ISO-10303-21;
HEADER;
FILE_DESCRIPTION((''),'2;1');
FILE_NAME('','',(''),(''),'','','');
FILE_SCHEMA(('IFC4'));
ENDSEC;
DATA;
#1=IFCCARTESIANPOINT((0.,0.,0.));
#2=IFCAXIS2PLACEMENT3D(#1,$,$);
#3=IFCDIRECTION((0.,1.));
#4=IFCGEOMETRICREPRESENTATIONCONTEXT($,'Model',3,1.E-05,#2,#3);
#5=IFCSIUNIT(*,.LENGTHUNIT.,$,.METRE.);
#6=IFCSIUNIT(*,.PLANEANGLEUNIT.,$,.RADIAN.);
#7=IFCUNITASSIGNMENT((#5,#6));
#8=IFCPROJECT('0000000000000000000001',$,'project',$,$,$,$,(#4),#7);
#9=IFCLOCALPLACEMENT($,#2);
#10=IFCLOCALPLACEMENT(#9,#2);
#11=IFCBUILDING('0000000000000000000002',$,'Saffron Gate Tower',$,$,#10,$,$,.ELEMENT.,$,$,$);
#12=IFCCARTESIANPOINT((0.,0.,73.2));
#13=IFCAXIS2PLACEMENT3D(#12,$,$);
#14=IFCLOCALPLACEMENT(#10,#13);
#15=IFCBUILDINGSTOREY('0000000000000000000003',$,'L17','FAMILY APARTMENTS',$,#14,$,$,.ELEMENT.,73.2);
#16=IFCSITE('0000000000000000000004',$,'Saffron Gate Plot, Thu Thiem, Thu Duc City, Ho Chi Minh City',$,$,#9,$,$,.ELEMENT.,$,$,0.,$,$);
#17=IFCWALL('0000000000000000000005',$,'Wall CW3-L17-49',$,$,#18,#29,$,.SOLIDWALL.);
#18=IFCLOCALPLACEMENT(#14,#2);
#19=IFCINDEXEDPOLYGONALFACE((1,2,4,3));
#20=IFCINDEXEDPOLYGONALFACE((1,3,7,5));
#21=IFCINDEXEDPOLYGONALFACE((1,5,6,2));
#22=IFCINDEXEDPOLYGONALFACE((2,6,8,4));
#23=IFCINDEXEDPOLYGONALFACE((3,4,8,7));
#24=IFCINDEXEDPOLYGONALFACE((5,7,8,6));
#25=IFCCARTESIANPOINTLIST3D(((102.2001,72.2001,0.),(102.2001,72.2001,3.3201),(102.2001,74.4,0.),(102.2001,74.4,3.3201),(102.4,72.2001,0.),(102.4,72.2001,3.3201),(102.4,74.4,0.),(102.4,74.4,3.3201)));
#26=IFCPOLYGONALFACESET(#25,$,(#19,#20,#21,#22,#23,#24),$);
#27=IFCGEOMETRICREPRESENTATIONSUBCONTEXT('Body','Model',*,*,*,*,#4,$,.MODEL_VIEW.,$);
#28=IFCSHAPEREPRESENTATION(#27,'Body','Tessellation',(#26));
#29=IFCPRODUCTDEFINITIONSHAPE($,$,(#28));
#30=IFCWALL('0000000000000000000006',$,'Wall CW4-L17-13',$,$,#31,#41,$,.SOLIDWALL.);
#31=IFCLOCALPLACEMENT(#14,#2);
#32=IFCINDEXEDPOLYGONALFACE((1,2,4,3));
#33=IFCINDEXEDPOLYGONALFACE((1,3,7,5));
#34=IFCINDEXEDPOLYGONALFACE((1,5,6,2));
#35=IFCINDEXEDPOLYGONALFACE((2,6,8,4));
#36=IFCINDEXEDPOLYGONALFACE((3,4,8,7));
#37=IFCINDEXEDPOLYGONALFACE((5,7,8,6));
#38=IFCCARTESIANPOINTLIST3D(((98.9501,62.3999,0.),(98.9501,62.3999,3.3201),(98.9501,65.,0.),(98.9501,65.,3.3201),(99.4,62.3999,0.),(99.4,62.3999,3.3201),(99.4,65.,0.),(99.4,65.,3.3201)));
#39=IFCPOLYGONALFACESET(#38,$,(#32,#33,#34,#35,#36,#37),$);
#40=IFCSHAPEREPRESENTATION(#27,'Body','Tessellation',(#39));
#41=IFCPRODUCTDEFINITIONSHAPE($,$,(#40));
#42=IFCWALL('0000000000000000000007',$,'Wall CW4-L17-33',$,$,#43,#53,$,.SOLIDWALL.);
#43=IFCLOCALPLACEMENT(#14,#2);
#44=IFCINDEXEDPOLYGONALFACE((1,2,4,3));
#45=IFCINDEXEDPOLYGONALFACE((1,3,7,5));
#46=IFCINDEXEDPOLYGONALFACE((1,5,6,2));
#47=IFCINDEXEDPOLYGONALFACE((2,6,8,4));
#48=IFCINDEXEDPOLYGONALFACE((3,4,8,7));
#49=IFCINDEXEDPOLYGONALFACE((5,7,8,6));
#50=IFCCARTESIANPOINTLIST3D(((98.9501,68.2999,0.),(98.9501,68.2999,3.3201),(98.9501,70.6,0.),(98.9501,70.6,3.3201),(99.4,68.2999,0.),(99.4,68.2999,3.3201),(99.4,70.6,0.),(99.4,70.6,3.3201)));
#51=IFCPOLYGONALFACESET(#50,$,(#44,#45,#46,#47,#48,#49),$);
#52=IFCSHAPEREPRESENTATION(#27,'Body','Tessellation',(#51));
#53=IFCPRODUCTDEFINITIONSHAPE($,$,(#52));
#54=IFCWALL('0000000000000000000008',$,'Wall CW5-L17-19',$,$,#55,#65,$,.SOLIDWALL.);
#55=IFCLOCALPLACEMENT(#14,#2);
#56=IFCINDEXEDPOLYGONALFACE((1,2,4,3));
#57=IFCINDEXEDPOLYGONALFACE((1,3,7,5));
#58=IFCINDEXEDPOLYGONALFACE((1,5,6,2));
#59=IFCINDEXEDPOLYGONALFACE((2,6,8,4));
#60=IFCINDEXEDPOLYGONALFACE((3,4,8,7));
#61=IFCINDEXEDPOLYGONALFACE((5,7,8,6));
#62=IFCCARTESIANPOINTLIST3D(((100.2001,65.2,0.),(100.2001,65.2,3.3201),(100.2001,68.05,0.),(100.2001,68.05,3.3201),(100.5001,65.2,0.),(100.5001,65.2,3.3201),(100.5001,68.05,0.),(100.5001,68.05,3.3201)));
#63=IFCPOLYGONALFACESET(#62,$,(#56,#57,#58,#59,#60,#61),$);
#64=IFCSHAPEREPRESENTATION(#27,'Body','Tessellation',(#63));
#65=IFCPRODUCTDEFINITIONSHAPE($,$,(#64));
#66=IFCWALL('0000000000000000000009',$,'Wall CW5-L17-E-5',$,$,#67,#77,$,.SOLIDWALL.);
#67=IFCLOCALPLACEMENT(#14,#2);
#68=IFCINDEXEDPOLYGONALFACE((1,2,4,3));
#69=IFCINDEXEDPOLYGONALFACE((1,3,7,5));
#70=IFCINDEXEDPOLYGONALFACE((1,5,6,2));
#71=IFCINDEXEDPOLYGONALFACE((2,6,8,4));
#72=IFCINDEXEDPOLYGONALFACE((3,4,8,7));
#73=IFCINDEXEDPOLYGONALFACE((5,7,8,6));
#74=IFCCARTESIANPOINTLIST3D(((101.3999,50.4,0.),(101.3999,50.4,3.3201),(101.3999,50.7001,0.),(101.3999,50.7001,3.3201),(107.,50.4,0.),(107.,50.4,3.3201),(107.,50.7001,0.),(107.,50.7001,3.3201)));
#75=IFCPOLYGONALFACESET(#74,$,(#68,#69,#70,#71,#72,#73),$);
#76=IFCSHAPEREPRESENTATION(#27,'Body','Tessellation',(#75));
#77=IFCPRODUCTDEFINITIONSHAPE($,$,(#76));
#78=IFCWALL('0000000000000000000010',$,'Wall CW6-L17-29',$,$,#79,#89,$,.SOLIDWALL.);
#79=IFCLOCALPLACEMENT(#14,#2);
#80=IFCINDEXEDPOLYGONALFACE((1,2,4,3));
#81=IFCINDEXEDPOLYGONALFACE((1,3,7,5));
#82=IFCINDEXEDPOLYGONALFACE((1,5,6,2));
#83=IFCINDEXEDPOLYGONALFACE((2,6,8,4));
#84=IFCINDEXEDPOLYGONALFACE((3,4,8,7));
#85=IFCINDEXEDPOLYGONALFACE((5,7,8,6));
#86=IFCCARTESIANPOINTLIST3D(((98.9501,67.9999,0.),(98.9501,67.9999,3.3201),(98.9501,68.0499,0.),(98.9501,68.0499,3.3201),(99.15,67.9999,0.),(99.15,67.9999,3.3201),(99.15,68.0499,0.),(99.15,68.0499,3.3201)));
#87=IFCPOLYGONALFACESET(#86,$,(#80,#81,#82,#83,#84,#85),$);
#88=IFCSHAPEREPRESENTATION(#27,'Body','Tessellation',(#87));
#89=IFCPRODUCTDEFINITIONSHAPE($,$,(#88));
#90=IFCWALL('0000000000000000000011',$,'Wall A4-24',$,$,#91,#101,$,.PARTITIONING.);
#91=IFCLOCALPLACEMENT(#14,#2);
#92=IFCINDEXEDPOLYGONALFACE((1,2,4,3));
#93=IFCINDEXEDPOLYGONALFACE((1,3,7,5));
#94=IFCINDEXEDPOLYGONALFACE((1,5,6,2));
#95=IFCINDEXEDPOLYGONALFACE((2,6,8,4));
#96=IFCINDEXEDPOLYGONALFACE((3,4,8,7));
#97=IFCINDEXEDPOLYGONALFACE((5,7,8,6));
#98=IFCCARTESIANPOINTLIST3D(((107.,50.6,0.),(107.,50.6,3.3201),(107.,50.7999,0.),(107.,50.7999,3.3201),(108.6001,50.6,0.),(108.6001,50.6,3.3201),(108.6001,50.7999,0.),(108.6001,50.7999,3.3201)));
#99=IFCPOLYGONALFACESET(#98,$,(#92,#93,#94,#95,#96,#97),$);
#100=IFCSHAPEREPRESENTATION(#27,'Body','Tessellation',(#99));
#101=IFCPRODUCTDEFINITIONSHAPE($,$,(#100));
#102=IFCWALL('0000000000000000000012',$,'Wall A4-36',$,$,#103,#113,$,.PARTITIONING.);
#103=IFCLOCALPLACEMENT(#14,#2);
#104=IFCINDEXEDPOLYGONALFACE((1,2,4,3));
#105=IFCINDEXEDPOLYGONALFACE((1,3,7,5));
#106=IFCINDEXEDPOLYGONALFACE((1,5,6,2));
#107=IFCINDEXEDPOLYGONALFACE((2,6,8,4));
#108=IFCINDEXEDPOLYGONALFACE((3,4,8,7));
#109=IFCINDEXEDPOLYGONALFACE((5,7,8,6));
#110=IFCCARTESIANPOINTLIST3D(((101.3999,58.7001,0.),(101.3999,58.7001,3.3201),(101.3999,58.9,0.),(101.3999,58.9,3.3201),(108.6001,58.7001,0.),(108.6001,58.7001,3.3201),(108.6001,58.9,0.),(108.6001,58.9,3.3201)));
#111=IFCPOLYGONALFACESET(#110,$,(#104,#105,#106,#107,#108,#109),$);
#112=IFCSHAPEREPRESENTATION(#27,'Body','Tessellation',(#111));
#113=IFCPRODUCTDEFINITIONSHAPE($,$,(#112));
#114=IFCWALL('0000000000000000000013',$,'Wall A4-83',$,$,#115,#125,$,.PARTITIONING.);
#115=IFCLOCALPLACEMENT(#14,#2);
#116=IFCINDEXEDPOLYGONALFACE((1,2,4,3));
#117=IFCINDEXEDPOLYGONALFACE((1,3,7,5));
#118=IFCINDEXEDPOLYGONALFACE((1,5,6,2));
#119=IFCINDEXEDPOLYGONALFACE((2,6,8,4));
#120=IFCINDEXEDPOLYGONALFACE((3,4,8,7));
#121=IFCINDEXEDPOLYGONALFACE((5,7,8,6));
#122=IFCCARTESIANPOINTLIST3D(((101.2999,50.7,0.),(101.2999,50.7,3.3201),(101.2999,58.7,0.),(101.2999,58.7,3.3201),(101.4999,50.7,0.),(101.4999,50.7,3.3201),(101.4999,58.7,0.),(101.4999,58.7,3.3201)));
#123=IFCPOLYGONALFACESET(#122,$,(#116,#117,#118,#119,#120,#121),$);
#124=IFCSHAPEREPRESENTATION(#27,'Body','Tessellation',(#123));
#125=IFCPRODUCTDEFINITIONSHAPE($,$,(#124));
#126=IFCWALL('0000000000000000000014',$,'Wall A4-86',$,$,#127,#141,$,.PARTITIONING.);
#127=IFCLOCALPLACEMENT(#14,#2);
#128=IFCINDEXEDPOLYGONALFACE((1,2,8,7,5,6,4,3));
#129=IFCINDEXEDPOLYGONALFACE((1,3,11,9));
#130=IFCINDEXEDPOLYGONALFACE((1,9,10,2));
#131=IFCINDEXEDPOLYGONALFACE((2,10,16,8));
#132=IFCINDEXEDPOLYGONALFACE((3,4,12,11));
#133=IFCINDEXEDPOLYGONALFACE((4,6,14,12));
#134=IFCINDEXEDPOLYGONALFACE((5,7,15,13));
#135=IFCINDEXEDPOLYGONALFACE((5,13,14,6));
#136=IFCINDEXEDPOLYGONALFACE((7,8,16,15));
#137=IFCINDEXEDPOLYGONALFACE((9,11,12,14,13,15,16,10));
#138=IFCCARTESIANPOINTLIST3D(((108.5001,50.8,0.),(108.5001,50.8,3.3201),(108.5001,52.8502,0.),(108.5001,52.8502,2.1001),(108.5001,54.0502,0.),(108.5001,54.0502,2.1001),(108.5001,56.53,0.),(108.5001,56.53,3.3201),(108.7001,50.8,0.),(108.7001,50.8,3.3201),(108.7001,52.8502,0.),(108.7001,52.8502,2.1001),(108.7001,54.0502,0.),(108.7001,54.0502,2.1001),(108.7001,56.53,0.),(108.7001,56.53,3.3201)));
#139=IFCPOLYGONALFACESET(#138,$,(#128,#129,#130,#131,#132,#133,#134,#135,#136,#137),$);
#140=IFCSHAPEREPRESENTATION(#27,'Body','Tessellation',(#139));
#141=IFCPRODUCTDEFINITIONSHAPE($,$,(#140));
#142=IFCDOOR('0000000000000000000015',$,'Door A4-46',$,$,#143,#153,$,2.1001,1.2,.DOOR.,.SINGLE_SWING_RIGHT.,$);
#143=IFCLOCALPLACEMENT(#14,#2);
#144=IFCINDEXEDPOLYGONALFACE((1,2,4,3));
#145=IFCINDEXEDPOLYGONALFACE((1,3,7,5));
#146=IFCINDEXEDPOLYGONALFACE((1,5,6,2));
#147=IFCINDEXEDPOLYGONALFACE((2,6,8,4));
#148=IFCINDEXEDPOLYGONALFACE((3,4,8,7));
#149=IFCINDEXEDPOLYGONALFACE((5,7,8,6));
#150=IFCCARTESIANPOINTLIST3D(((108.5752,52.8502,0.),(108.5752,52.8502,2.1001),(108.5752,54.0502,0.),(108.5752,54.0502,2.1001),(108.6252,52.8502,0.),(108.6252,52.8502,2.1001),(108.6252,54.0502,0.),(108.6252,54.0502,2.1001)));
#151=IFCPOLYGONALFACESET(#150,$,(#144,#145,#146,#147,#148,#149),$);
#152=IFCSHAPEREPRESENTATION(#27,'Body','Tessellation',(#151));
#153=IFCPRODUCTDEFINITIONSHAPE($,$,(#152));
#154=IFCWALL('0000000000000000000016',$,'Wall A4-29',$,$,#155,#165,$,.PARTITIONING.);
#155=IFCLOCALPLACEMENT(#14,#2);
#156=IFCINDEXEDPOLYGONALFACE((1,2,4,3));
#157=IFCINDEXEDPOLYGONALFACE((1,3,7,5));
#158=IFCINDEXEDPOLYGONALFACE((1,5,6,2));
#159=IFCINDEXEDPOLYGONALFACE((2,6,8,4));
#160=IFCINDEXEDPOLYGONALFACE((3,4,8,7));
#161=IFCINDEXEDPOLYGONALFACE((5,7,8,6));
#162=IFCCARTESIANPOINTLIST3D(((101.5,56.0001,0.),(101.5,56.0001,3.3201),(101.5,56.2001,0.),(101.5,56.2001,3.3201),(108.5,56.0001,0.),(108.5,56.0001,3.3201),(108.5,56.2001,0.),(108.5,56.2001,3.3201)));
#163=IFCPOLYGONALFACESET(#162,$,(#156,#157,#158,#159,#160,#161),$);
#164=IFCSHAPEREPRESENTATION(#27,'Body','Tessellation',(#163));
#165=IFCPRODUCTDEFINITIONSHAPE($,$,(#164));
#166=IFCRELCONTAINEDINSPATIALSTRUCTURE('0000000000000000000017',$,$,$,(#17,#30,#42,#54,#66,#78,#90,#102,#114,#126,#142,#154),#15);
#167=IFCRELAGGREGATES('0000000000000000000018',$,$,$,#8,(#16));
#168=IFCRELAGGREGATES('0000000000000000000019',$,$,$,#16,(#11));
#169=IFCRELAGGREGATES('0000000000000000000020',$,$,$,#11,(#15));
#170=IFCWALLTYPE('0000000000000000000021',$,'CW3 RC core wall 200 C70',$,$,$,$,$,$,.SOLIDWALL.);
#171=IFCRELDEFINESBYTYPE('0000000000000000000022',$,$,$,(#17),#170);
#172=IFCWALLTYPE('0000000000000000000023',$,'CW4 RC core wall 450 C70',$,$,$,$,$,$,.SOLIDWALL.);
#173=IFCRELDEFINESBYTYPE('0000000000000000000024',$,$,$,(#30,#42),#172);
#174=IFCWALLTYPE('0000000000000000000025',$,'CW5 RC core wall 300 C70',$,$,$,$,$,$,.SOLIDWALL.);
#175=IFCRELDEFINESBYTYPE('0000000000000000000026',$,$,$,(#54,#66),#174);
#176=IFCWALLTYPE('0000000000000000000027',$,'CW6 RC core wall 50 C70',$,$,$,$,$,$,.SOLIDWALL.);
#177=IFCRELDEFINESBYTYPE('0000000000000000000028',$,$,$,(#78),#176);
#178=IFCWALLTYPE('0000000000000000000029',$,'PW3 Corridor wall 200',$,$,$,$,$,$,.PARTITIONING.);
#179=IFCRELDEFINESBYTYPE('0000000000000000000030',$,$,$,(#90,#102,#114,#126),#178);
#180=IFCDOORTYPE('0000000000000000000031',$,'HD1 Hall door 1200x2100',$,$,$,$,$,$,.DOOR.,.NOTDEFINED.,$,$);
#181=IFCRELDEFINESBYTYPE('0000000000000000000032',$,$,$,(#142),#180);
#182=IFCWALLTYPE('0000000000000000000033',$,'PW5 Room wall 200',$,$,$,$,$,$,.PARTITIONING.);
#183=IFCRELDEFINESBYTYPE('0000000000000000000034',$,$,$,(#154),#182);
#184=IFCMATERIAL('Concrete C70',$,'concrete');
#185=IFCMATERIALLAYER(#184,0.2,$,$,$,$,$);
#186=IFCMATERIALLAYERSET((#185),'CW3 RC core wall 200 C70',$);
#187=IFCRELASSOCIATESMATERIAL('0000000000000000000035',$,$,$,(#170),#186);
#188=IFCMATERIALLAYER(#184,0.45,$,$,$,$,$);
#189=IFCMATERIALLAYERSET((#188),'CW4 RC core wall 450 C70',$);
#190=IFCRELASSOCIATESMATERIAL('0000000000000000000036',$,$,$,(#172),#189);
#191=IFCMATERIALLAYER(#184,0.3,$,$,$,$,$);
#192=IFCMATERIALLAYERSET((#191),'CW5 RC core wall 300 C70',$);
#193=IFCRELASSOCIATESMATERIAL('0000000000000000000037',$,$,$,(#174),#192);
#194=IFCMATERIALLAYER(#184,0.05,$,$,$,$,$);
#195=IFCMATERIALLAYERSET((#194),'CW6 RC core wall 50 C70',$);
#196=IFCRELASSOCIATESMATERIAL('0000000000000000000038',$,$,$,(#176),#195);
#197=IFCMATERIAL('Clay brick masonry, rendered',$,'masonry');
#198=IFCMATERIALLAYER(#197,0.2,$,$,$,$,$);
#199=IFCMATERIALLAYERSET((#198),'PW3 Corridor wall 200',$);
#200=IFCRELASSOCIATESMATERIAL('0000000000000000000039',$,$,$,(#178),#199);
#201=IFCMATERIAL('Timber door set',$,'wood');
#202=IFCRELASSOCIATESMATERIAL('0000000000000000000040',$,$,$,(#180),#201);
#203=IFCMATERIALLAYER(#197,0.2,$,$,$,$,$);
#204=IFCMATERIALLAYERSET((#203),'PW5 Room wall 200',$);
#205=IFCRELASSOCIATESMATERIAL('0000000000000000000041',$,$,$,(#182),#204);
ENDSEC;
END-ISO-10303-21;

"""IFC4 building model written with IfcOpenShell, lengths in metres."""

from ifc_helpers import new_model, si_unit, direction, frame, frame_2d, origin, place, context, subcontext, project, spatial, rectangle, extrude, material, layer, layer_set, type_object, element, fill, save


model = new_model("IFC4")

# Units and contexts
model_context = context("Model", 3, precision=1e-05, world=origin(), true_north=direction((0.0, 1.0)))
body_context = subcontext(model_context, "Body", "Model", "MODEL_VIEW")
ifc_project = project(units=[si_unit("LENGTHUNIT", "METRE"), si_unit("PLANEANGLEUNIT", "RADIAN")], contexts=[model_context])

# Site, building, storey
site_placement = place(None, origin())
site = spatial("IfcSite", under=ifc_project, at=site_placement, Name="Saffron Gate Plot, Thu Thiem, Thu Duc City, Ho Chi Minh City", CompositionType="ELEMENT", RefElevation=0.0)
building_placement = place(site_placement, origin())
building = spatial("IfcBuilding", under=site, at=building_placement, Name="Saffron Gate Tower", CompositionType="ELEMENT")
storey_placement = place(building_placement, frame((0.0, 0.0, 73.2)))
storey = spatial("IfcBuildingStorey", under=building, at=storey_placement, Name="L17", Description="FAMILY APARTMENTS", CompositionType="ELEMENT", Elevation=73.2)

# Shared definitions
ifc_material_1 = material(Name="Concrete C70", Category="concrete")

# Walls
ifc_layer_1 = layer(ifc_material_1, 0.2)
ifc_layer_set_1 = layer_set([ifc_layer_1], Name="CW3 RC core wall 200 C70")
wall_type_1 = type_object("IfcWallType", Name="CW3 RC core wall 200 C70", PredefinedType="SOLIDWALL", material=ifc_layer_set_1)
wall_1_placement = place(storey_placement, frame((102.3, 72.2, 0.0), z_axis=(0.0, 0.0, 1.0), x_axis=(0.0, 1.0, 0.0)))
element("IfcWall", 1, at=wall_1_placement, inside=storey, type_object=wall_type_1, Name="Wall CW3-L17-49", PredefinedType="SOLIDWALL", context=body_context, shape_type="SweptSolid", body=[
    extrude(rectangle(XDim=2.2, YDim=0.2, at=frame_2d((1.1001, 0.0))), origin(), (0.0, 0.0, 1.0), 3.3201),
])
ifc_layer_2 = layer(ifc_material_1, 0.45)
ifc_layer_set_2 = layer_set([ifc_layer_2], Name="CW4 RC core wall 450 C70")
wall_type_2 = type_object("IfcWallType", Name="CW4 RC core wall 450 C70", PredefinedType="SOLIDWALL", material=ifc_layer_set_2)
wall_2_placement = place(storey_placement, frame((99.175, 62.3999, 0.0), z_axis=(0.0, 0.0, 1.0), x_axis=(0.0, 1.0, 0.0)))
element("IfcWall", 2, at=wall_2_placement, inside=storey, type_object=wall_type_2, Name="Wall CW4-L17-13", PredefinedType="SOLIDWALL", context=body_context, shape_type="SweptSolid", body=[
    extrude(rectangle(XDim=2.6001, YDim=0.45, at=frame_2d((1.3, 0.0))), origin(), (0.0, 0.0, 1.0), 3.3201),
])
wall_3_placement = place(storey_placement, frame((99.175, 68.3, 0.0), z_axis=(0.0, 0.0, 1.0), x_axis=(0.0, 1.0, 0.0)))
element("IfcWall", 3, at=wall_3_placement, inside=storey, type_object=wall_type_2, Name="Wall CW4-L17-33", PredefinedType="SOLIDWALL", context=body_context, shape_type="SweptSolid", body=[
    extrude(rectangle(XDim=2.3, YDim=0.45, at=frame_2d((1.1499, 0.0))), origin(), (0.0, 0.0, 1.0), 3.3201),
])
ifc_layer_3 = layer(ifc_material_1, 0.3)
ifc_layer_set_3 = layer_set([ifc_layer_3], Name="CW5 RC core wall 300 C70")
wall_type_3 = type_object("IfcWallType", Name="CW5 RC core wall 300 C70", PredefinedType="SOLIDWALL", material=ifc_layer_set_3)
wall_4_placement = place(storey_placement, frame((100.3501, 65.2, 0.0), z_axis=(0.0, 0.0, 1.0), x_axis=(0.0, 1.0, 0.0)))
element("IfcWall", 4, at=wall_4_placement, inside=storey, type_object=wall_type_3, Name="Wall CW5-L17-19", PredefinedType="SOLIDWALL", context=body_context, shape_type="SweptSolid", body=[
    extrude(rectangle(XDim=2.8501, YDim=0.3, at=frame_2d((1.425, 0.0))), origin(), (0.0, 0.0, 1.0), 3.3201),
])
wall_5_placement = place(storey_placement, frame((101.3999, 50.55, 0.0), z_axis=(0.0, 0.0, 1.0), x_axis=(1.0, 0.0, 0.0)))
element("IfcWall", 5, at=wall_5_placement, inside=storey, type_object=wall_type_3, Name="Wall CW5-L17-E-5", PredefinedType="SOLIDWALL", context=body_context, shape_type="SweptSolid", body=[
    extrude(rectangle(XDim=5.6001, YDim=0.3, at=frame_2d((2.8, 0.0))), origin(), (0.0, 0.0, 1.0), 3.3201),
])
ifc_layer_4 = layer(ifc_material_1, 0.05)
ifc_layer_set_4 = layer_set([ifc_layer_4], Name="CW6 RC core wall 50 C70")
wall_type_4 = type_object("IfcWallType", Name="CW6 RC core wall 50 C70", PredefinedType="SOLIDWALL", material=ifc_layer_set_4)
wall_6_placement = place(storey_placement, frame((98.95, 68.0249, 0.0), z_axis=(0.0, 0.0, 1.0), x_axis=(1.0, 0.0, 0.0)))
element("IfcWall", 6, at=wall_6_placement, inside=storey, type_object=wall_type_4, Name="Wall CW6-L17-29", PredefinedType="SOLIDWALL", context=body_context, shape_type="SweptSolid", body=[
    extrude(rectangle(XDim=0.2, YDim=0.05, at=frame_2d((0.1001, 0.0))), origin(), (0.0, 0.0, 1.0), 3.3201),
])
ifc_material_2 = material(Name="Clay brick masonry, rendered", Category="masonry")
ifc_layer_5 = layer(ifc_material_2, 0.2)
ifc_layer_set_5 = layer_set([ifc_layer_5], Name="PW3 Corridor wall 200")
wall_type_5 = type_object("IfcWallType", Name="PW3 Corridor wall 200", PredefinedType="PARTITIONING", material=ifc_layer_set_5)
wall_7_placement = place(storey_placement, frame((107.0, 50.7, 0.0), z_axis=(0.0, 0.0, 1.0), x_axis=(1.0, 0.0, 0.0)))
element("IfcWall", 7, at=wall_7_placement, inside=storey, type_object=wall_type_5, Name="Wall A4-24", PredefinedType="PARTITIONING", context=body_context, shape_type="SweptSolid", body=[
    extrude(rectangle(XDim=1.6001, YDim=0.2, at=frame_2d((0.8, 0.0))), origin(), (0.0, 0.0, 1.0), 3.3201),
])
wall_8_placement = place(storey_placement, frame((101.3999, 58.8, 0.0), z_axis=(0.0, 0.0, 1.0), x_axis=(1.0, 0.0, 0.0)))
element("IfcWall", 8, at=wall_8_placement, inside=storey, type_object=wall_type_5, Name="Wall A4-36", PredefinedType="PARTITIONING", context=body_context, shape_type="SweptSolid", body=[
    extrude(rectangle(XDim=7.2002, YDim=0.2, at=frame_2d((3.6001, 0.0))), origin(), (0.0, 0.0, 1.0), 3.3201),
])
wall_9_placement = place(storey_placement, frame((101.3999, 58.7, 0.0), z_axis=(0.0, 0.0, 1.0), x_axis=(0.0, -1.0, 0.0)))
element("IfcWall", 9, at=wall_9_placement, inside=storey, type_object=wall_type_5, Name="Wall A4-83", PredefinedType="PARTITIONING", context=body_context, shape_type="SweptSolid", body=[
    extrude(rectangle(XDim=8.0, YDim=0.2, at=frame_2d((4.0, 0.0))), origin(), (0.0, 0.0, 1.0), 3.3201),
])

# Wall, opening, door
wall_10_placement = place(storey_placement, frame((108.6001, 50.8, 0.0), z_axis=(0.0, 0.0, 1.0), x_axis=(0.0, 1.0, 0.0)))
wall_10 = element("IfcWall", 10, at=wall_10_placement, inside=storey, type_object=wall_type_5, Name="Wall A4-86", PredefinedType="PARTITIONING", context=body_context, shape_type="SweptSolid", body=[
    extrude(rectangle(XDim=5.73, YDim=0.2, at=frame_2d((2.865, 0.0))), origin(), (0.0, 0.0, 1.0), 3.3201),
])
opening_1_placement = place(wall_10_placement, frame((2.05, 0.0, 0.0)))
opening_1 = element("IfcOpeningElement", 11, at=opening_1_placement, cuts=wall_10, PredefinedType="OPENING", context=body_context, shape_type="SweptSolid", body=[
    extrude(rectangle(XDim=1.2, YDim=2.1001, at=frame_2d((0.6001, 1.05))), frame((0.0, 0.1099, 0.0), z_axis=(0.0, -1.0, 0.0), x_axis=(1.0, 0.0, 0.0)), (0.0, 0.0, 1.0), 0.22),
])
ifc_material_3 = material(Name="Timber door set", Category="wood")
door_type_1 = type_object("IfcDoorType", Name="HD1 Hall door 1200x2100", OperationType="NOTDEFINED", PredefinedType="DOOR", material=ifc_material_3)
door_1_placement = place(opening_1_placement, origin())
door_1 = element("IfcDoor", 12, at=door_1_placement, inside=storey, type_object=door_type_1, Name="Door A4-46", OperationType="SINGLE_SWING_RIGHT", OverallHeight=2.1001, OverallWidth=1.2, PredefinedType="DOOR", context=body_context, shape_type="SweptSolid", body=[
    extrude(rectangle(XDim=1.2, YDim=2.1001, at=frame_2d((0.6001, 1.05))), frame((0.0, 0.0249, 0.0), z_axis=(0.0, -1.0, 0.0), x_axis=(1.0, 0.0, 0.0)), (0.0, 0.0, 1.0), 0.05),
])
fill(opening_1, door_1)

# Wall
ifc_layer_6 = layer(ifc_material_2, 0.2)
ifc_layer_set_6 = layer_set([ifc_layer_6], Name="PW5 Room wall 200")
wall_type_6 = type_object("IfcWallType", Name="PW5 Room wall 200", PredefinedType="PARTITIONING", material=ifc_layer_set_6)
wall_11_placement = place(storey_placement, frame((101.5, 56.1001, 0.0), z_axis=(0.0, 0.0, 1.0), x_axis=(1.0, 0.0, 0.0)))
element("IfcWall", 13, at=wall_11_placement, inside=storey, type_object=wall_type_6, Name="Wall A4-29", PredefinedType="PARTITIONING", context=body_context, shape_type="SweptSolid", body=[
    extrude(rectangle(XDim=7.0, YDim=0.2, at=frame_2d((3.5, 0.0))), origin(), (0.0, 0.0, 1.0), 3.3201),
])

save(model, "model.ifc")
